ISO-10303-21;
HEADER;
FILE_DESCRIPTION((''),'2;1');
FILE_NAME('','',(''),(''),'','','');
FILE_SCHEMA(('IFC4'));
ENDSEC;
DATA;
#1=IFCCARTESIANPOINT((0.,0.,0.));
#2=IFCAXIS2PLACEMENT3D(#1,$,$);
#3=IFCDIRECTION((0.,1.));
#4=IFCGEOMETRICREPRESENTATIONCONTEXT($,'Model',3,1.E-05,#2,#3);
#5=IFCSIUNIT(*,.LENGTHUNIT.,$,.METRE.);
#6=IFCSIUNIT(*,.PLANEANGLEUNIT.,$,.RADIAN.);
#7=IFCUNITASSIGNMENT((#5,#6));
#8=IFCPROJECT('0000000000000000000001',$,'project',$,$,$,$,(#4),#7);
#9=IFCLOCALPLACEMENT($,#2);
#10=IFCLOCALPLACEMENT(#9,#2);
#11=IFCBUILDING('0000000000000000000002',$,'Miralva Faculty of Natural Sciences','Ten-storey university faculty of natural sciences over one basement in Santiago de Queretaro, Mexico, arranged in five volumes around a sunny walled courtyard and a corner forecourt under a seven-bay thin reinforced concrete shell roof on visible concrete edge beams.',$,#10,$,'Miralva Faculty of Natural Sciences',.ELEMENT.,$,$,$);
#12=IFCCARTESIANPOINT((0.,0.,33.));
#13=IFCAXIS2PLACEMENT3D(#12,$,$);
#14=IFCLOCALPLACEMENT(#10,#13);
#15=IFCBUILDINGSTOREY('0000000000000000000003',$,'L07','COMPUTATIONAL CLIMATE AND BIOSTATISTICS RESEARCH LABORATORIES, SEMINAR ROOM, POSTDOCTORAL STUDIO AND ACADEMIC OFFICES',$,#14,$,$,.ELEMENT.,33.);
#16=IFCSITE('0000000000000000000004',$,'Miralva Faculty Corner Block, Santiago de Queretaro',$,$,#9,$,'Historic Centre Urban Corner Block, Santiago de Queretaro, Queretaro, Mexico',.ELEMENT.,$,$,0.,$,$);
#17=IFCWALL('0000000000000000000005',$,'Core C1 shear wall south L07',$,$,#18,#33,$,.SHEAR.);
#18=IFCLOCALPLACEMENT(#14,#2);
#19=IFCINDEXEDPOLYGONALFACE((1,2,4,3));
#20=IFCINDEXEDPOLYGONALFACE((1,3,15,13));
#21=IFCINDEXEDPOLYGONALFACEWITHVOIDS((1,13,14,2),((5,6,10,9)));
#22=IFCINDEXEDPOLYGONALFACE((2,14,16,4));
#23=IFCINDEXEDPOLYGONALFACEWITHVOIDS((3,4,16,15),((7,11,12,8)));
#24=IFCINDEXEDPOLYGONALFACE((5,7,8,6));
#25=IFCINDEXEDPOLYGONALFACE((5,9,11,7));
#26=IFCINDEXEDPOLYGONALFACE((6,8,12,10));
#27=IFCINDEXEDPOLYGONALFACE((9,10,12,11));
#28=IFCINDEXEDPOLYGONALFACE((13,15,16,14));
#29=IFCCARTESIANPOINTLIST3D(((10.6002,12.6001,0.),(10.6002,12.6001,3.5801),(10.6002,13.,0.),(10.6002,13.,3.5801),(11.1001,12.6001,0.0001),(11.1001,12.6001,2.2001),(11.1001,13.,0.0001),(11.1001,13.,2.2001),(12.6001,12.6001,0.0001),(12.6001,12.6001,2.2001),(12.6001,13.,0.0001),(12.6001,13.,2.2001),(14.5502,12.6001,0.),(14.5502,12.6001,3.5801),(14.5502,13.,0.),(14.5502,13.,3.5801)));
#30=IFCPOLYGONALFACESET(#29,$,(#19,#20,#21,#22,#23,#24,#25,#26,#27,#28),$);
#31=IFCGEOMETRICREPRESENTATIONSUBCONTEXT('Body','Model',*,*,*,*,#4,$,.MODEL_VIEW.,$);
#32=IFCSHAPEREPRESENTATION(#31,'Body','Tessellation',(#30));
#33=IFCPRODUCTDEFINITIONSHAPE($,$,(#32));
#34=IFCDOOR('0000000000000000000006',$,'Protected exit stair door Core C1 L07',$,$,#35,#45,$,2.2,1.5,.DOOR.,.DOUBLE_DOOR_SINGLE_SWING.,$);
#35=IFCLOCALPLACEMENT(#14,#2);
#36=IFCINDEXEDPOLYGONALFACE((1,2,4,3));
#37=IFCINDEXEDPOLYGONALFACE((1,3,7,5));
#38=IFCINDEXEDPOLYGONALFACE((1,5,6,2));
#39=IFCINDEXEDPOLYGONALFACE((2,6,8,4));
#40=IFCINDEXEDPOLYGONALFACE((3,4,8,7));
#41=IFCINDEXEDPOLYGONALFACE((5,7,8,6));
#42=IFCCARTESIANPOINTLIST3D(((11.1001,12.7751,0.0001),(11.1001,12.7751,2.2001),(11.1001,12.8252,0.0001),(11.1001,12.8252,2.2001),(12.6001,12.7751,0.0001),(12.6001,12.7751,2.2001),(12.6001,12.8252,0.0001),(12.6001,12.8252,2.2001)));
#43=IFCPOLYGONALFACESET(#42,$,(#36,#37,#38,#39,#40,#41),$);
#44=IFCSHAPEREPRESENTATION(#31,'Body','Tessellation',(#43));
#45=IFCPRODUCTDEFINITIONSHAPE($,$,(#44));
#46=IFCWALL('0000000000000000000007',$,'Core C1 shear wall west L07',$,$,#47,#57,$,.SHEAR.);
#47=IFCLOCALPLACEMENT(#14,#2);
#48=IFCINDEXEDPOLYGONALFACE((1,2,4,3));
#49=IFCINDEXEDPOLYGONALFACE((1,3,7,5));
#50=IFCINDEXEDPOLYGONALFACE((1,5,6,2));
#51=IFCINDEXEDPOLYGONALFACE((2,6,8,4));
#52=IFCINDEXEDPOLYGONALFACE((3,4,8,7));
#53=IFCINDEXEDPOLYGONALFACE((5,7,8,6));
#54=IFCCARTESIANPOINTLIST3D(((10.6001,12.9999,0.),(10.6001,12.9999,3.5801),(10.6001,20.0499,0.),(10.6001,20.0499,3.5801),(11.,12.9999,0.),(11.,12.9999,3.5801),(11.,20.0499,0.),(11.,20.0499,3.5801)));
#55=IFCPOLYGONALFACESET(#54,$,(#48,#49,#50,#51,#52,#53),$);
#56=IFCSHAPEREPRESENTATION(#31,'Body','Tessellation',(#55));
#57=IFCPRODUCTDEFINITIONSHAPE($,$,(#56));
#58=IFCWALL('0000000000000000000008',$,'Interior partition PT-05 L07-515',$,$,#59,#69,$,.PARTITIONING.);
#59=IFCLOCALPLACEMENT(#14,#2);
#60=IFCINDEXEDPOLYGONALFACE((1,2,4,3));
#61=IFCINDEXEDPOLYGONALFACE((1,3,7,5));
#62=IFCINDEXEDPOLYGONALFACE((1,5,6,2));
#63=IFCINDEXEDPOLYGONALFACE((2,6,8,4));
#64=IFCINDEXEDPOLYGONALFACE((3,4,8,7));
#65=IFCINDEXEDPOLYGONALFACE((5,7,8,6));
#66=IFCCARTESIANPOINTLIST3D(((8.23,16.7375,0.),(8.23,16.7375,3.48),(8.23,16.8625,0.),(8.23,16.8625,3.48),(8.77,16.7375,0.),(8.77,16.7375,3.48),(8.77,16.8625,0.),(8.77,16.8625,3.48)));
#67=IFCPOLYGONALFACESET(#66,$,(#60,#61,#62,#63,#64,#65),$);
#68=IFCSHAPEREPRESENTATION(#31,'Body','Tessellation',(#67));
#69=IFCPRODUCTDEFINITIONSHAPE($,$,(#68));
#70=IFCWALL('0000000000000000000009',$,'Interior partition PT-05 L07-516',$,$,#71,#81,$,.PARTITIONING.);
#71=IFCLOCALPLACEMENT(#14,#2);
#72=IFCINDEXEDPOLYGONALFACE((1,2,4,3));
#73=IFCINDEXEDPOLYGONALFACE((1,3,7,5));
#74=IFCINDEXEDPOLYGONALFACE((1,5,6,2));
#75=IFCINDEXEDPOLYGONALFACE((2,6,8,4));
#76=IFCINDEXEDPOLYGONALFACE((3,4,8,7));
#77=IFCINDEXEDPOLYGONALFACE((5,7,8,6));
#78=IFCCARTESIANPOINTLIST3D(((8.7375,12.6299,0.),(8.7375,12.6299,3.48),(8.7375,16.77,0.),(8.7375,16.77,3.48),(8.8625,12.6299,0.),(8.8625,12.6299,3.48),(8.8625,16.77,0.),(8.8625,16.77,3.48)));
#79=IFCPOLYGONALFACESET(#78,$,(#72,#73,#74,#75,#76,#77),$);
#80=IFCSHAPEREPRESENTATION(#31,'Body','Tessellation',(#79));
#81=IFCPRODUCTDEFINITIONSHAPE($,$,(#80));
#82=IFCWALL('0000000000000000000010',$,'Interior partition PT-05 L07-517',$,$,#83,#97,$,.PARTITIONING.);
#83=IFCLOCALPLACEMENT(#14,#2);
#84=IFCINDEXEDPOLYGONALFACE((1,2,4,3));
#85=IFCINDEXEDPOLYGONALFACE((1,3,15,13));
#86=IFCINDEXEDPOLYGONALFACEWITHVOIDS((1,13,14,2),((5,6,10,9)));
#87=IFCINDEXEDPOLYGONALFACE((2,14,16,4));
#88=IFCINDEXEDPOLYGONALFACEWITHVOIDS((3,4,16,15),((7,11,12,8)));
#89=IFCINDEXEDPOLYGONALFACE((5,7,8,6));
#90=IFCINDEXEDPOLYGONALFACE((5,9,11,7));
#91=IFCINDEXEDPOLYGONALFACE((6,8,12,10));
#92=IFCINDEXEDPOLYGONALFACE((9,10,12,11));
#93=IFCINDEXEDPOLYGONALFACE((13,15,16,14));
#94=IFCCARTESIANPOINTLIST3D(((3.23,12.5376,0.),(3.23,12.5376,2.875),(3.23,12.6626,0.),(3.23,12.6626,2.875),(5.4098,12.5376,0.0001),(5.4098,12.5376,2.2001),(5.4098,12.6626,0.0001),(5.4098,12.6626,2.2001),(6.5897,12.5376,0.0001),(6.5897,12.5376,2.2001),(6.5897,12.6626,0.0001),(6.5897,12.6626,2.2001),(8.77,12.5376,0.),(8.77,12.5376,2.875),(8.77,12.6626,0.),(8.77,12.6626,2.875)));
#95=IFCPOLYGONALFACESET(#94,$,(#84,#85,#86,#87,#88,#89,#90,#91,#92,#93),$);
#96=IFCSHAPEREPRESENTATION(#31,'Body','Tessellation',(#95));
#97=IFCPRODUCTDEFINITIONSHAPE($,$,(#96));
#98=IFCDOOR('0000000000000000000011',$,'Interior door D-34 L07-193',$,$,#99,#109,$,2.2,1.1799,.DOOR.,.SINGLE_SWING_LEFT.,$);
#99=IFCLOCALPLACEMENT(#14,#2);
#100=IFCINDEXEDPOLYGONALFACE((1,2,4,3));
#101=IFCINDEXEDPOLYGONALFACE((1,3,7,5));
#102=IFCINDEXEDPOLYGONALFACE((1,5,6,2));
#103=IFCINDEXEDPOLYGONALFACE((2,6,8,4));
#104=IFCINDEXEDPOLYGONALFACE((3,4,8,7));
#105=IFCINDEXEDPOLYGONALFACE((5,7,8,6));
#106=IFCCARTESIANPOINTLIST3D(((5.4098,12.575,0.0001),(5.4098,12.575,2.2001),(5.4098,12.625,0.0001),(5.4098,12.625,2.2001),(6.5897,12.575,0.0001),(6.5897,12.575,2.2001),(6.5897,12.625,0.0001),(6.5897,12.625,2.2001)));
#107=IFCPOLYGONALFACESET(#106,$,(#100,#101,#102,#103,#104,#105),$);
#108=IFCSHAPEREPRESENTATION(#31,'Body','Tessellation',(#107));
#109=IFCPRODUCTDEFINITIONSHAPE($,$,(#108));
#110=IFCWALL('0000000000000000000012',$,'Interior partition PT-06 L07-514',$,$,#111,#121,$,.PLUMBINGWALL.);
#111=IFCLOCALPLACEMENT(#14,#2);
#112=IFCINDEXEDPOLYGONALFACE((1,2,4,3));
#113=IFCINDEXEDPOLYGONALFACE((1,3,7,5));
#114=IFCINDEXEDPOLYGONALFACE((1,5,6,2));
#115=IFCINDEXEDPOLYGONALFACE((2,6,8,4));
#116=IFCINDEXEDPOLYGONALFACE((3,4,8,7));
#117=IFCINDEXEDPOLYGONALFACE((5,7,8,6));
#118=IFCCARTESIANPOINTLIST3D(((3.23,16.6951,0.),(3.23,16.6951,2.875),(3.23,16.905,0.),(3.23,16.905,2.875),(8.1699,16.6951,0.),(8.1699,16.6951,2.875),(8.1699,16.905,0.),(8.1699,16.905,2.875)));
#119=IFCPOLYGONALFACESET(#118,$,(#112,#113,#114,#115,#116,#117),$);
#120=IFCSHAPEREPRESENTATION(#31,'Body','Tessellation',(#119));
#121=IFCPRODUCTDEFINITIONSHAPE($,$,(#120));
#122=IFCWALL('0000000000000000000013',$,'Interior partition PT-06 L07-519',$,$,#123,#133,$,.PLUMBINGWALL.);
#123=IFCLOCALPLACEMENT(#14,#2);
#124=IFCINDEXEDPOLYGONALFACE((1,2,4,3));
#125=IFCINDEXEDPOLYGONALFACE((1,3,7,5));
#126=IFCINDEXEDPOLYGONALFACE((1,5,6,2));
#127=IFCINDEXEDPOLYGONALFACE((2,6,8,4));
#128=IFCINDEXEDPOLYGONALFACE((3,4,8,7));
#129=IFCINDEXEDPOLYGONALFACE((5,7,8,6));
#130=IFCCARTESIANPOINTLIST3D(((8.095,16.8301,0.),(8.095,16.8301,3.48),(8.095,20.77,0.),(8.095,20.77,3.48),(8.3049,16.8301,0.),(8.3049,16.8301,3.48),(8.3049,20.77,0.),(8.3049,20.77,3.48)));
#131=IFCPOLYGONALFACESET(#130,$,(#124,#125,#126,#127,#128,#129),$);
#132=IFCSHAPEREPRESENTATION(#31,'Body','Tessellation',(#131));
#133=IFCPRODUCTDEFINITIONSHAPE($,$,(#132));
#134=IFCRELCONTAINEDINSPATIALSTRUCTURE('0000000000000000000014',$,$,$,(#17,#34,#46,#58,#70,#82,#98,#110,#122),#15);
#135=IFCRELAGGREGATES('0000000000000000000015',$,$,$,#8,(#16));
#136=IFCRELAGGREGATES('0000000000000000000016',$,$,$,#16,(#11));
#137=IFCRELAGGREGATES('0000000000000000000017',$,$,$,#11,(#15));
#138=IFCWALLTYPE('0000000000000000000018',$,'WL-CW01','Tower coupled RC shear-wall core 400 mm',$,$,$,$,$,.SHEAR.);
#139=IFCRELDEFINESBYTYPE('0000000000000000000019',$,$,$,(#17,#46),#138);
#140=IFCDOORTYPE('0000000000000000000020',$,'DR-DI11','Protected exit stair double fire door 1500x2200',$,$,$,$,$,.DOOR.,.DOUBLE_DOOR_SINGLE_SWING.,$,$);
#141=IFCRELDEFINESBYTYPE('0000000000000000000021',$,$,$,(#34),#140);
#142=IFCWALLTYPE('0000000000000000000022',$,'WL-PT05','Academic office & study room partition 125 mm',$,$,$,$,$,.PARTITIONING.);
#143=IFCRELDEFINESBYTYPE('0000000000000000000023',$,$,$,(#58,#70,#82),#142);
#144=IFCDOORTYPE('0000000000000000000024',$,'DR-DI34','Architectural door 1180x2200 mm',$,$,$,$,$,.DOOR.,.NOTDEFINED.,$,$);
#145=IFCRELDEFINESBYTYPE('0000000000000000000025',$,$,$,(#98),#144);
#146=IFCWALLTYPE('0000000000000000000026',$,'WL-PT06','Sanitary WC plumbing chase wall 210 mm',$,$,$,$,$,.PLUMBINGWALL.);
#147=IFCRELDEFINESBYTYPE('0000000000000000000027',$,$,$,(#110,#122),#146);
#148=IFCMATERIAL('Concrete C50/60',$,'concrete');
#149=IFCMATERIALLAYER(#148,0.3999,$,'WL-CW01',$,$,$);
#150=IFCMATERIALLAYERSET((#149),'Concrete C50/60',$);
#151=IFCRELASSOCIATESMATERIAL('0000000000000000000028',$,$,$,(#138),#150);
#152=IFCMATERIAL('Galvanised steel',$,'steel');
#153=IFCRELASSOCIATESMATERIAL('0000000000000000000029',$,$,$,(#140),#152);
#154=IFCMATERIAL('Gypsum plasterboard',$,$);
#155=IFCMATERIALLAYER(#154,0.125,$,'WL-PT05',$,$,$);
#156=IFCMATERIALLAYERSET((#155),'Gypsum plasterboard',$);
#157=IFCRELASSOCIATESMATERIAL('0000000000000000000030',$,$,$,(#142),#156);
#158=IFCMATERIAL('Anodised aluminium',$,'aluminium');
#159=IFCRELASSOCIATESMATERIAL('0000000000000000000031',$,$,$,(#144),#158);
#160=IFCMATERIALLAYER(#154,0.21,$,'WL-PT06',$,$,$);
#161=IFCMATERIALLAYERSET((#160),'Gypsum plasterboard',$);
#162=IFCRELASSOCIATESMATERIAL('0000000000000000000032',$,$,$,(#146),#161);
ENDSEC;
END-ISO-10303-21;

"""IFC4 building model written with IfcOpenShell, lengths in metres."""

from ifc_helpers import new_model, si_unit, direction, frame, frame_2d, origin, place, context, subcontext, project, spatial, rectangle, extrude, material, layer, layer_set, type_object, element, fill, save


model = new_model("IFC4")

# Units and contexts
model_context = context("Model", 3, precision=1e-05, world=origin(), true_north=direction((0.0, 1.0)))
body_context = subcontext(model_context, "Body", "Model", "MODEL_VIEW")
ifc_project = project(units=[si_unit("LENGTHUNIT", "METRE"), si_unit("PLANEANGLEUNIT", "RADIAN")], contexts=[model_context])

# Site, building, storey
site_placement = place(None, origin())
site = spatial("IfcSite", under=ifc_project, at=site_placement, Name="Miralva Faculty Corner Block, Santiago de Queretaro", LongName="Historic Centre Urban Corner Block, Santiago de Queretaro, Queretaro, Mexico", CompositionType="ELEMENT", RefElevation=0.0)
building_placement = place(site_placement, origin())
building = spatial("IfcBuilding", under=site, at=building_placement, Name="Miralva Faculty of Natural Sciences", Description="Ten-storey university faculty of natural sciences over one basement in Santiago de Queretaro, Mexico, arranged in five volumes around a sunny walled courtyard and a corner forecourt under a seven-bay thin reinforced concrete shell roof on visible concrete edge beams.", LongName="Miralva Faculty of Natural Sciences", CompositionType="ELEMENT")
storey_placement = place(building_placement, frame((0.0, 0.0, 33.0)))
storey = spatial("IfcBuildingStorey", under=building, at=storey_placement, Name="L07", Description="COMPUTATIONAL CLIMATE AND BIOSTATISTICS RESEARCH LABORATORIES, SEMINAR ROOM, POSTDOCTORAL STUDIO AND ACADEMIC OFFICES", CompositionType="ELEMENT", Elevation=33.0)

# Shared definitions
ifc_material_1 = material(Name="Anodised aluminium", Category="aluminium")

# Wall, opening, door
ifc_material_2 = material(Name="Concrete C50/60", Category="concrete")
ifc_layer_1 = layer(ifc_material_2, 0.3999, Name="WL-CW01")
ifc_layer_set_1 = layer_set([ifc_layer_1], Name="Concrete C50/60")
wall_type_1 = type_object("IfcWallType", Name="WL-CW01", Description="Tower coupled RC shear-wall core 400 mm", PredefinedType="SHEAR", material=ifc_layer_set_1)
wall_1_placement = place(storey_placement, frame((10.6001, 12.8, 0.0), z_axis=(0.0, 0.0, 1.0), x_axis=(1.0, 0.0, 0.0)))
wall_1 = element("IfcWall", 1, at=wall_1_placement, inside=storey, type_object=wall_type_1, Name="Core C1 shear wall south L07", PredefinedType="SHEAR", context=body_context, shape_type="SweptSolid", body=[
    extrude(rectangle(XDim=3.95, YDim=0.3999, at=frame_2d((1.9751, 0.0))), origin(), (0.0, 0.0, 1.0), 3.5801),
])
opening_1_placement = place(wall_1_placement, frame((0.5, 0.0, 0.0)))
opening_1 = element("IfcOpeningElement", 2, at=opening_1_placement, cuts=wall_1, PredefinedType="OPENING", context=body_context, shape_type="SweptSolid", body=[
    extrude(rectangle(XDim=1.5, YDim=2.2, at=frame_2d((0.75, 1.1001))), frame((0.0, 0.21, 0.0), z_axis=(0.0, -1.0, 0.0), x_axis=(1.0, 0.0, 0.0)), (0.0, 0.0, 1.0), 0.4199),
])
ifc_material_3 = material(Name="Galvanised steel", Category="steel")
door_type_1 = type_object("IfcDoorType", Name="DR-DI11", Description="Protected exit stair double fire door 1500x2200", OperationType="DOUBLE_DOOR_SINGLE_SWING", PredefinedType="DOOR", material=ifc_material_3)
door_1_placement = place(opening_1_placement, frame((1.5, 0.0, 0.0), z_axis=(0.0, 0.0, 1.0), x_axis=(-1.0, 0.0, 0.0)))
door_1 = element("IfcDoor", 3, at=door_1_placement, inside=storey, type_object=door_type_1, Name="Protected exit stair door Core C1 L07", OperationType="DOUBLE_DOOR_SINGLE_SWING", OverallHeight=2.2, OverallWidth=1.5, PredefinedType="DOOR", context=body_context, shape_type="SweptSolid", body=[
    extrude(rectangle(XDim=1.5, YDim=2.2, at=frame_2d((0.75, 1.1001))), frame((0.0, 0.0249, 0.0), z_axis=(0.0, -1.0, 0.0), x_axis=(1.0, 0.0, 0.0)), (0.0, 0.0, 1.0), 0.05),
])
fill(opening_1, door_1)

# Walls
wall_2_placement = place(storey_placement, frame((10.8, 13.0, 0.0), z_axis=(0.0, 0.0, 1.0), x_axis=(0.0, 1.0, 0.0)))
element("IfcWall", 4, at=wall_2_placement, inside=storey, type_object=wall_type_1, Name="Core C1 shear wall west L07", PredefinedType="SHEAR", context=body_context, shape_type="SweptSolid", body=[
    extrude(rectangle(XDim=7.05, YDim=0.3999, at=frame_2d((3.5249, 0.0))), origin(), (0.0, 0.0, 1.0), 3.5801),
])
ifc_material_4 = material(Name="Gypsum plasterboard")
ifc_layer_2 = layer(ifc_material_4, 0.125, Name="WL-PT05")
ifc_layer_set_2 = layer_set([ifc_layer_2], Name="Gypsum plasterboard")
wall_type_2 = type_object("IfcWallType", Name="WL-PT05", Description="Academic office & study room partition 125 mm", PredefinedType="PARTITIONING", material=ifc_layer_set_2)
wall_3_placement = place(storey_placement, frame((8.23, 16.8, 0.0), z_axis=(0.0, 0.0, 1.0), x_axis=(1.0, 0.0, 0.0)))
element("IfcWall", 5, at=wall_3_placement, inside=storey, type_object=wall_type_2, Name="Interior partition PT-05 L07-515", PredefinedType="PARTITIONING", context=body_context, shape_type="SweptSolid", body=[
    extrude(rectangle(XDim=0.54, YDim=0.125, at=frame_2d((0.27, 0.0))), origin(), (0.0, 0.0, 1.0), 3.48),
])
wall_4_placement = place(storey_placement, frame((8.8, 12.6299, 0.0), z_axis=(0.0, 0.0, 1.0), x_axis=(0.0, 1.0, 0.0)))
element("IfcWall", 6, at=wall_4_placement, inside=storey, type_object=wall_type_2, Name="Interior partition PT-05 L07-516", PredefinedType="PARTITIONING", context=body_context, shape_type="SweptSolid", body=[
    extrude(rectangle(XDim=4.1401, YDim=0.125, at=frame_2d((2.0701, 0.0))), origin(), (0.0, 0.0, 1.0), 3.48),
])

# Wall, opening, door
wall_5_placement = place(storey_placement, frame((3.23, 12.6001, 0.0), z_axis=(0.0, 0.0, 1.0), x_axis=(1.0, 0.0, 0.0)))
wall_5 = element("IfcWall", 7, at=wall_5_placement, inside=storey, type_object=wall_type_2, Name="Interior partition PT-05 L07-517", PredefinedType="PARTITIONING", context=body_context, shape_type="SweptSolid", body=[
    extrude(rectangle(XDim=5.54, YDim=0.125, at=frame_2d((2.77, 0.0))), origin(), (0.0, 0.0, 1.0), 2.875),
])
opening_2_placement = place(wall_5_placement, frame((2.1799, 0.0, 0.0)))
opening_2 = element("IfcOpeningElement", 8, at=opening_2_placement, cuts=wall_5, PredefinedType="OPENING", context=body_context, shape_type="SweptSolid", body=[
    extrude(rectangle(XDim=1.1799, YDim=2.2, at=frame_2d((0.5898, 1.1001))), frame((0.0, 0.0725, 0.0), z_axis=(0.0, -1.0, 0.0), x_axis=(1.0, 0.0, 0.0)), (0.0, 0.0, 1.0), 0.145),
])
door_type_2 = type_object("IfcDoorType", Name="DR-DI34", Description="Architectural door 1180x2200 mm", OperationType="NOTDEFINED", PredefinedType="DOOR", material=ifc_material_1)
door_2_placement = place(opening_2_placement, origin())
door_2 = element("IfcDoor", 9, at=door_2_placement, inside=storey, type_object=door_type_2, Name="Interior door D-34 L07-193", OperationType="SINGLE_SWING_LEFT", OverallHeight=2.2, OverallWidth=1.1799, PredefinedType="DOOR", context=body_context, shape_type="SweptSolid", body=[
    extrude(rectangle(XDim=1.1799, YDim=2.2, at=frame_2d((0.5898, 1.1001))), frame((0.0, 0.0249, 0.0), z_axis=(0.0, -1.0, 0.0), x_axis=(1.0, 0.0, 0.0)), (0.0, 0.0, 1.0), 0.05),
])
fill(opening_2, door_2)

# Walls
ifc_layer_3 = layer(ifc_material_4, 0.21, Name="WL-PT06")
ifc_layer_set_3 = layer_set([ifc_layer_3], Name="Gypsum plasterboard")
wall_type_3 = type_object("IfcWallType", Name="WL-PT06", Description="Sanitary WC plumbing chase wall 210 mm", PredefinedType="PLUMBINGWALL", material=ifc_layer_set_3)
wall_6_placement = place(storey_placement, frame((3.23, 16.8, 0.0), z_axis=(0.0, 0.0, 1.0), x_axis=(1.0, 0.0, 0.0)))
element("IfcWall", 10, at=wall_6_placement, inside=storey, type_object=wall_type_3, Name="Interior partition PT-06 L07-514", PredefinedType="PLUMBINGWALL", context=body_context, shape_type="SweptSolid", body=[
    extrude(rectangle(XDim=4.9399, YDim=0.21, at=frame_2d((2.47, 0.0))), origin(), (0.0, 0.0, 1.0), 2.875),
])
wall_7_placement = place(storey_placement, frame((8.2, 16.8301, 0.0), z_axis=(0.0, 0.0, 1.0), x_axis=(0.0, 1.0, 0.0)))
element("IfcWall", 11, at=wall_7_placement, inside=storey, type_object=wall_type_3, Name="Interior partition PT-06 L07-519", PredefinedType="PLUMBINGWALL", context=body_context, shape_type="SweptSolid", body=[
    extrude(rectangle(XDim=3.9399, YDim=0.21, at=frame_2d((1.97, 0.0))), origin(), (0.0, 0.0, 1.0), 3.48),
])

save(model, "model.ifc")
